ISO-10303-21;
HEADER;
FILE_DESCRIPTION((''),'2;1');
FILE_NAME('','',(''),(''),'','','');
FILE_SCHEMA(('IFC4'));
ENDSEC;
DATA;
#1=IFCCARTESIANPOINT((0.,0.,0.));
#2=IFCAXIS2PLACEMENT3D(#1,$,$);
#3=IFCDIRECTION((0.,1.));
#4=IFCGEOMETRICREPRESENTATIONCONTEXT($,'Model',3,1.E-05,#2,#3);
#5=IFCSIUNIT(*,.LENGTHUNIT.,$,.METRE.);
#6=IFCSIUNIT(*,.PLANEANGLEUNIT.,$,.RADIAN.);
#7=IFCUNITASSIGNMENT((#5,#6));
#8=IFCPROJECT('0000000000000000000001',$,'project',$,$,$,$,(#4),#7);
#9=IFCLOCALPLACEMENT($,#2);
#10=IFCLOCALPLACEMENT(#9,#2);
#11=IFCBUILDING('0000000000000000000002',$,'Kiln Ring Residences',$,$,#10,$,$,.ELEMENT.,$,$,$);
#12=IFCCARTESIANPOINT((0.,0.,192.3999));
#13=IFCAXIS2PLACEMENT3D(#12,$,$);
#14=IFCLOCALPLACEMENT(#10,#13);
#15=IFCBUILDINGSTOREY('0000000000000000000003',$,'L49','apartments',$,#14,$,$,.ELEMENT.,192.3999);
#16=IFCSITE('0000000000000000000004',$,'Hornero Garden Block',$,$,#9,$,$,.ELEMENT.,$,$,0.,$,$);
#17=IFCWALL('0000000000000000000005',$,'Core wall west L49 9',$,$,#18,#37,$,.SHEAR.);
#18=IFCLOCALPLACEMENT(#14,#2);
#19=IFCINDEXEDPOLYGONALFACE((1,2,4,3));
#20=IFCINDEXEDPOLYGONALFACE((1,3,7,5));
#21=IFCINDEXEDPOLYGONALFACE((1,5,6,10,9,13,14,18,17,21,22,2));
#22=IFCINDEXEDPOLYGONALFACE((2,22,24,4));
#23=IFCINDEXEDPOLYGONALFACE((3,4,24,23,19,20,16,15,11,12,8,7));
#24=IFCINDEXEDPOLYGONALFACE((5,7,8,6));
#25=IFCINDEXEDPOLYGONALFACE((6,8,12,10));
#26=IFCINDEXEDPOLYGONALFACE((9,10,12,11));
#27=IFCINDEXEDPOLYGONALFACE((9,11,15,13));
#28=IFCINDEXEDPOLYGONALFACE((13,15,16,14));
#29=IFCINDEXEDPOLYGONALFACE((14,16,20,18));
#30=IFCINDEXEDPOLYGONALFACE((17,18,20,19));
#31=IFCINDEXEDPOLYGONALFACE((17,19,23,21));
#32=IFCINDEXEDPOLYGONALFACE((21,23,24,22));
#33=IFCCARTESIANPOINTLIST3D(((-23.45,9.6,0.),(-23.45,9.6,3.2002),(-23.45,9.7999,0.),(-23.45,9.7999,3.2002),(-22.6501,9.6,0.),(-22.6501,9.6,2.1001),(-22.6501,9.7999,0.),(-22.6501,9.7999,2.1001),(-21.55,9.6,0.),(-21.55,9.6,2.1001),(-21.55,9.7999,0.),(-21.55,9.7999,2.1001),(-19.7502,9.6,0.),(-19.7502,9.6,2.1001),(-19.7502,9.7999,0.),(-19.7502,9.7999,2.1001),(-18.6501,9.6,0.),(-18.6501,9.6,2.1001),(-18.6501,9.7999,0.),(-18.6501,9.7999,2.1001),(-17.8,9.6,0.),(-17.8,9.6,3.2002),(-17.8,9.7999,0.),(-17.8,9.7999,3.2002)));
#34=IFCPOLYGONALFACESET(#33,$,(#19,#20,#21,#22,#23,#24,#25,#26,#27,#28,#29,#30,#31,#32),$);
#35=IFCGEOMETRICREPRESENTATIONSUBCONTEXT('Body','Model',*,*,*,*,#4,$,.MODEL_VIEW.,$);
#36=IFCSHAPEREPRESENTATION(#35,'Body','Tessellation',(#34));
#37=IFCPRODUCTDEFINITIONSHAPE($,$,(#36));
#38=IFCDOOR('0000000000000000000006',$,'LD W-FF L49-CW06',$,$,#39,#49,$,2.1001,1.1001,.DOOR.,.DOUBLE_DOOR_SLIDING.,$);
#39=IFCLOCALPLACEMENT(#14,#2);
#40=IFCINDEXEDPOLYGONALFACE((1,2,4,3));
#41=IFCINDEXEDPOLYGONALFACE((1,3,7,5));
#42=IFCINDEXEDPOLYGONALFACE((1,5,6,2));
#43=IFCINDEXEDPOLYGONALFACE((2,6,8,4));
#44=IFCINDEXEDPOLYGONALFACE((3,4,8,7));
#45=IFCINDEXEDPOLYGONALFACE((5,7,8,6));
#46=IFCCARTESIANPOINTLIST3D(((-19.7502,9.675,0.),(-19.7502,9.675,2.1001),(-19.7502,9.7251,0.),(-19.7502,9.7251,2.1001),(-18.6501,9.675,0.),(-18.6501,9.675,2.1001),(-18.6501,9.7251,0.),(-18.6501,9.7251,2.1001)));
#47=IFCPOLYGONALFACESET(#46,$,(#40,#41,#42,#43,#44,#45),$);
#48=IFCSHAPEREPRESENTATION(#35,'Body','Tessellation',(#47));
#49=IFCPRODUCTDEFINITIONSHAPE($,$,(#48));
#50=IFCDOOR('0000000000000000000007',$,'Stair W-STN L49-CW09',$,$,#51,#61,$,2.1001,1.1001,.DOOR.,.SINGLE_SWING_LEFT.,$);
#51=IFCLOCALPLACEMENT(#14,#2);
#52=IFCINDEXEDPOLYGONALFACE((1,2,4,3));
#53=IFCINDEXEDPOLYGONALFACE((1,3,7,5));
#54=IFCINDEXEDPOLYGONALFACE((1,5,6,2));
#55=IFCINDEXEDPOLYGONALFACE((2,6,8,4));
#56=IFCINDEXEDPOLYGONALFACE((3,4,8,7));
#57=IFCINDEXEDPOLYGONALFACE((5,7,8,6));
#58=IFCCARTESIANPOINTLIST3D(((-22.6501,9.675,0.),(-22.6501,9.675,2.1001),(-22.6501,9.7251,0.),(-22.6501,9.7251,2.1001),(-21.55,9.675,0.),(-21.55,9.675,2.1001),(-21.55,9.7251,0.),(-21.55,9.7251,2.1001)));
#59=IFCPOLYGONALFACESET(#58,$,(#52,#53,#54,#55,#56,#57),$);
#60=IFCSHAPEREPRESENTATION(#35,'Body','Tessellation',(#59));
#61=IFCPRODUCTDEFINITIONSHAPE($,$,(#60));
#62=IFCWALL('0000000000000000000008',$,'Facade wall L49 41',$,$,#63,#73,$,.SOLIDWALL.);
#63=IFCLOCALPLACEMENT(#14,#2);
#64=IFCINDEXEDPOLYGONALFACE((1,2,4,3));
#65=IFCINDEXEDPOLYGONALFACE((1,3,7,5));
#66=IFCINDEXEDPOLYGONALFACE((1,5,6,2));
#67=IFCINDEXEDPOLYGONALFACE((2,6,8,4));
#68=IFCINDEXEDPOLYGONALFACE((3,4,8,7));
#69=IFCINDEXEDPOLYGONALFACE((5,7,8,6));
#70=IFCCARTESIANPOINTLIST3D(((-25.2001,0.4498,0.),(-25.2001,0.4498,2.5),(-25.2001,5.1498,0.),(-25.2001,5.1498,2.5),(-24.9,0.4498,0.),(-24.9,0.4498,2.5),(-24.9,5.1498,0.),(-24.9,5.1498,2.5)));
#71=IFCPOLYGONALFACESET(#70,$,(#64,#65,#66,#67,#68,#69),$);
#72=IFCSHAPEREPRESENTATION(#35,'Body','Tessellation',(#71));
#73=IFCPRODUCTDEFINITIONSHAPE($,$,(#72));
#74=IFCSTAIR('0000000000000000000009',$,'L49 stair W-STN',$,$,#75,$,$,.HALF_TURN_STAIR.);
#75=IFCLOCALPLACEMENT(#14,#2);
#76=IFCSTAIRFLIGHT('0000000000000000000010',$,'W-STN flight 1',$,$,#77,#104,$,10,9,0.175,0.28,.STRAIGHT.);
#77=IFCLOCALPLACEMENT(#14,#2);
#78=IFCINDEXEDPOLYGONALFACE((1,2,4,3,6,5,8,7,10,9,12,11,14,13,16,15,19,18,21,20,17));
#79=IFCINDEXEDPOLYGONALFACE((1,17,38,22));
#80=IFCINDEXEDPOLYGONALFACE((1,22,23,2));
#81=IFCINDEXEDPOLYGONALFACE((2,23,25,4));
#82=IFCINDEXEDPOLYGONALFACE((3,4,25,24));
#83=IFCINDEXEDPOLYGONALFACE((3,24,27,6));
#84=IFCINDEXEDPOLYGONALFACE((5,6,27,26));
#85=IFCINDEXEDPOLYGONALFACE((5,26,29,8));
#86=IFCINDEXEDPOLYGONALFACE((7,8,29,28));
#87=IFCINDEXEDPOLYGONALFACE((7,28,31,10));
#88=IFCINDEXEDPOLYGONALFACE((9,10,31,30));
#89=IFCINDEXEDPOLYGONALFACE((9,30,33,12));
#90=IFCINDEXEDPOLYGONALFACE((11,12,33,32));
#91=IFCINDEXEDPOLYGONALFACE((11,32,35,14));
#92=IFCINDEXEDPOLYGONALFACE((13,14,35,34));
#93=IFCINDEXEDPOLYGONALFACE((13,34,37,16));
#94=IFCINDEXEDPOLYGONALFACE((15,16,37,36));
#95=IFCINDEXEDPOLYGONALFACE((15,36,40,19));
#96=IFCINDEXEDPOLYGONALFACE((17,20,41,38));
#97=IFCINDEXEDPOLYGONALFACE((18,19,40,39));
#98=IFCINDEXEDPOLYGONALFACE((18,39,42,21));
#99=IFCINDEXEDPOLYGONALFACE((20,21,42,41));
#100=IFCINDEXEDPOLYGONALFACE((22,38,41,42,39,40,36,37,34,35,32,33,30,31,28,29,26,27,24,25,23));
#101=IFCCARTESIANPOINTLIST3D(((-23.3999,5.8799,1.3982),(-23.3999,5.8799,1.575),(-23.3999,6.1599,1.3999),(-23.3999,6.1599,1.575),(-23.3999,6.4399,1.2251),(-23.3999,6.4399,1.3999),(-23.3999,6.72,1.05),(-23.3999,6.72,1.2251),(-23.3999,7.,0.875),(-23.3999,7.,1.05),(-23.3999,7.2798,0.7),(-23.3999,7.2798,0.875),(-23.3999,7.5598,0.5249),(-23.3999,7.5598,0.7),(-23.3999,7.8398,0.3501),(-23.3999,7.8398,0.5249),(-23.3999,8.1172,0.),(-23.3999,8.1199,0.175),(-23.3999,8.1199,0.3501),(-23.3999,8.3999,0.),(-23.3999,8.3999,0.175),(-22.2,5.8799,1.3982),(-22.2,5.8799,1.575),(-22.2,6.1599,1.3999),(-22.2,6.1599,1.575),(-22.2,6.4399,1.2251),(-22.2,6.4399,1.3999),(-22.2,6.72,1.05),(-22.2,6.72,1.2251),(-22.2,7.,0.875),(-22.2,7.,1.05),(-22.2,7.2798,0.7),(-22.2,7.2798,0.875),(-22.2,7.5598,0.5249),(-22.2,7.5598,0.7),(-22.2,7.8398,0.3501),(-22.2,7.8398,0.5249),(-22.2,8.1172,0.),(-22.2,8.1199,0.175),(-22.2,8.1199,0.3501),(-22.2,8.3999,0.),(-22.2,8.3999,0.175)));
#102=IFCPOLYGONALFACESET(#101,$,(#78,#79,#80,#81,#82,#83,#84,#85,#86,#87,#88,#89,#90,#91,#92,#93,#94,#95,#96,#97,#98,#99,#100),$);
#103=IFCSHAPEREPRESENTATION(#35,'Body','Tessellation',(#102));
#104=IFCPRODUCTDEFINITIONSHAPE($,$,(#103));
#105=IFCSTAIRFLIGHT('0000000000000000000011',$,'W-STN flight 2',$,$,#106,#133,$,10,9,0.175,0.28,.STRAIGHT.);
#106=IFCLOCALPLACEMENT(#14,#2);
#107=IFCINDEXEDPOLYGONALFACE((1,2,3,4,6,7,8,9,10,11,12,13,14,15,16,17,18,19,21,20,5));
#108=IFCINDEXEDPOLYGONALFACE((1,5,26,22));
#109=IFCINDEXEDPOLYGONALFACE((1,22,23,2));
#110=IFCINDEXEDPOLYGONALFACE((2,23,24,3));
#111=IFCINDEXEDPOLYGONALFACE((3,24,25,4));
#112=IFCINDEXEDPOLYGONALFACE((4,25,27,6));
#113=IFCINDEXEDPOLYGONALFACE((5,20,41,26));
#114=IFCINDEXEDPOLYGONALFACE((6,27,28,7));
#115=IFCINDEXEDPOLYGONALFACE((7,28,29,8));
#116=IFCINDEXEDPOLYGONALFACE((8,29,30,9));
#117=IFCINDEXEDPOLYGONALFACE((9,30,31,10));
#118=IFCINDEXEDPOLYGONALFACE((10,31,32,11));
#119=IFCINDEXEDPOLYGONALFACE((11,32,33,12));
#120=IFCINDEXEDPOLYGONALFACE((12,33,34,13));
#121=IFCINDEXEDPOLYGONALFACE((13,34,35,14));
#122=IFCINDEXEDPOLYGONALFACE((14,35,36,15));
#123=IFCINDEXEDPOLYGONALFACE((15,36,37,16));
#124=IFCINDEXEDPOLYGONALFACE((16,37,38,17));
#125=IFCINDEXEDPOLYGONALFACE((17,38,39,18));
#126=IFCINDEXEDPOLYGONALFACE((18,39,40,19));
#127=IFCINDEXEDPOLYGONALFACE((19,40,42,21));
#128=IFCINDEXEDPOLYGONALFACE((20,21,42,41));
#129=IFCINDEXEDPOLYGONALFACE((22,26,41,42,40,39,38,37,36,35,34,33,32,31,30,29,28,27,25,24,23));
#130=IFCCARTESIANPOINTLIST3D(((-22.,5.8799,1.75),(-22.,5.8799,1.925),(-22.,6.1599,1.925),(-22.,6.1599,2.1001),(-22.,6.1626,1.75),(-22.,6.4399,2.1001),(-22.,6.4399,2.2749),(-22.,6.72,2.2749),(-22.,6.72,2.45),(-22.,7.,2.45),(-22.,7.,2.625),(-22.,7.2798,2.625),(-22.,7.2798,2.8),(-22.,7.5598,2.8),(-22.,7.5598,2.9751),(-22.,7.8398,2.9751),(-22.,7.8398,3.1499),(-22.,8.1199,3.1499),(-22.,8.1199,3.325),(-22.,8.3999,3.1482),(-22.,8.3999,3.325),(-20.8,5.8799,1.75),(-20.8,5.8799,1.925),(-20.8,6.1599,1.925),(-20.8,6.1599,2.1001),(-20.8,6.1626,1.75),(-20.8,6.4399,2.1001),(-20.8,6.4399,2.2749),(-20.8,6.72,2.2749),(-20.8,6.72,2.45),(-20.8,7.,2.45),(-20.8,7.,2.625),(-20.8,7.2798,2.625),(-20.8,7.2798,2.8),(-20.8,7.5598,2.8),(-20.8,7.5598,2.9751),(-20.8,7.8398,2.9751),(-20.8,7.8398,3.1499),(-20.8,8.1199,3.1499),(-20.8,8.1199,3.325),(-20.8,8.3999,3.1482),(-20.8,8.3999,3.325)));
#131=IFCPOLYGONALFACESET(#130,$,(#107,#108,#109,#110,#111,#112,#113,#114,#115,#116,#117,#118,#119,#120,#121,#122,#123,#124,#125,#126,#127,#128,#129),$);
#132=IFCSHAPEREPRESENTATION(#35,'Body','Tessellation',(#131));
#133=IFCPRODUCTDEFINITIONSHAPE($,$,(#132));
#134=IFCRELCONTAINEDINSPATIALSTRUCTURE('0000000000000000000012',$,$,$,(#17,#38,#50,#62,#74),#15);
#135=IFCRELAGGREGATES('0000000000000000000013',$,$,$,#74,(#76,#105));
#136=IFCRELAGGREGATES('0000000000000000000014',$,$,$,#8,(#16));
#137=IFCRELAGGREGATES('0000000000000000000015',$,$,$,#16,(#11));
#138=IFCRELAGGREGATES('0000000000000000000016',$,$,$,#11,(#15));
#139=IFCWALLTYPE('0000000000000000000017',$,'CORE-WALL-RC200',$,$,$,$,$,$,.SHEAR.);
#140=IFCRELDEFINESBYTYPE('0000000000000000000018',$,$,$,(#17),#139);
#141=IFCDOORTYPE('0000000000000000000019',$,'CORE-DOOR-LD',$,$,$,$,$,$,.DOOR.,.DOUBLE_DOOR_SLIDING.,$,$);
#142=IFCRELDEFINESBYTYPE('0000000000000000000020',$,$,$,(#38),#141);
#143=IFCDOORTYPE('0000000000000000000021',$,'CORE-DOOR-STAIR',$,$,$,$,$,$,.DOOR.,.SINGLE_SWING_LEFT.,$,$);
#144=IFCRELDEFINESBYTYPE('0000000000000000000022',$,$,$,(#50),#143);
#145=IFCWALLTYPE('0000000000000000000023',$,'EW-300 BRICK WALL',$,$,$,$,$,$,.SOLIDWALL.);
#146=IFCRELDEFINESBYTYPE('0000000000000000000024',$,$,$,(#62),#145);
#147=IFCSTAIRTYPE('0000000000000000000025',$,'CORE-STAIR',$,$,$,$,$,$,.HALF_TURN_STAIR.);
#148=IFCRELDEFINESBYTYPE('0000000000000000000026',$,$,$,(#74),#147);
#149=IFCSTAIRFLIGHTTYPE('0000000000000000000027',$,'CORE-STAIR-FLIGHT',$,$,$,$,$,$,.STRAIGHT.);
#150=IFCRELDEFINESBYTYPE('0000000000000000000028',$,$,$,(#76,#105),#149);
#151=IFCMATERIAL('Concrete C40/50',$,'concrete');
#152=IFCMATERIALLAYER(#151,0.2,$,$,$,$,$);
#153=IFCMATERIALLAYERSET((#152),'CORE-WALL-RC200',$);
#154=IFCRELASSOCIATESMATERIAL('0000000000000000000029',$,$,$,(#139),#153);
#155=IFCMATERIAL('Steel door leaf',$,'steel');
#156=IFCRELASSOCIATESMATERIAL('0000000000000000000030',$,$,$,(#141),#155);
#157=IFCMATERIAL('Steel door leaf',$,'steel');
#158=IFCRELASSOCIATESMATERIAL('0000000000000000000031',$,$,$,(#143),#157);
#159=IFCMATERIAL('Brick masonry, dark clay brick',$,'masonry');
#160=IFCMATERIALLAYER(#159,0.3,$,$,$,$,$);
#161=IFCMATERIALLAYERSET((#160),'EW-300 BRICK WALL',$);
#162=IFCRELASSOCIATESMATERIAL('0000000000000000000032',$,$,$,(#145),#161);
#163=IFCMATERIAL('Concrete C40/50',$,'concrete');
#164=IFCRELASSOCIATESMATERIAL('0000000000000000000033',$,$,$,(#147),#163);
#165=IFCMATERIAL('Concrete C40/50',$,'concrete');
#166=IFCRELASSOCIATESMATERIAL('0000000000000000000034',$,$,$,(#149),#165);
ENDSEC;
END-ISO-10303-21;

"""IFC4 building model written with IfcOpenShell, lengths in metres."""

from ifc_helpers import new_model, si_unit, direction, frame, frame_2d, origin, place, context, subcontext, project, spatial, polyline, rectangle, outline, extrude, material, layer, layer_set, type_object, element, fill, aggregate, save


model = new_model("IFC4")

# Units and contexts
model_context = context("Model", 3, precision=1e-05, world=origin(), true_north=direction((0.0, 1.0)))
body_context = subcontext(model_context, "Body", "Model", "MODEL_VIEW")
ifc_project = project(units=[si_unit("LENGTHUNIT", "METRE"), si_unit("PLANEANGLEUNIT", "RADIAN")], contexts=[model_context])

# Site, building, storey
site_placement = place(None, origin())
site = spatial("IfcSite", under=ifc_project, at=site_placement, Name="Hornero Garden Block", CompositionType="ELEMENT", RefElevation=0.0)
building_placement = place(site_placement, origin())
building = spatial("IfcBuilding", under=site, at=building_placement, Name="Kiln Ring Residences", CompositionType="ELEMENT")
storey_placement = place(building_placement, frame((0.0, 0.0, 192.3999)))
storey = spatial("IfcBuildingStorey", under=building, at=storey_placement, Name="L49", Description="apartments", CompositionType="ELEMENT", Elevation=192.3999)

# Shared definitions
ifc_material_1 = material(Name="Concrete C40/50", Category="concrete")
ifc_layer_1 = layer(ifc_material_1, 0.2)
ifc_layer_set_1 = layer_set([ifc_layer_1], Name="CORE-WALL-RC200")
wall_type_1 = type_object("IfcWallType", Name="CORE-WALL-RC200", PredefinedType="SHEAR", material=ifc_layer_set_1)

# Wall, openings, doors
wall_1_placement = place(storey_placement, frame((-17.8, 9.7, 0.0), z_axis=(0.0, 0.0, 1.0), x_axis=(-1.0, 0.0, 0.0)))
wall_1 = element("IfcWall", 1, at=wall_1_placement, inside=storey, type_object=wall_type_1, Name="Core wall west L49 9", PredefinedType="SHEAR", context=body_context, shape_type="SweptSolid", body=[
    extrude(rectangle(XDim=5.6499, YDim=0.2, at=frame_2d((2.825, 0.0))), origin(), (0.0, 0.0, 1.0), 3.2002),
])
opening_1_placement = place(wall_1_placement, frame((0.8501, 0.0, 0.0)))
opening_1 = element("IfcOpeningElement", 2, at=opening_1_placement, cuts=wall_1, PredefinedType="OPENING", context=body_context, shape_type="SweptSolid", body=[
    extrude(rectangle(XDim=1.1001, YDim=2.1001, at=frame_2d((0.55, 1.05))), frame((0.0, 0.1099, 0.0), z_axis=(0.0, -1.0, 0.0), x_axis=(1.0, 0.0, 0.0)), (0.0, 0.0, 1.0), 0.22),
])
opening_2_placement = place(wall_1_placement, frame((3.75, 0.0, 0.0)))
opening_2 = element("IfcOpeningElement", 3, at=opening_2_placement, cuts=wall_1, PredefinedType="OPENING", context=body_context, shape_type="SweptSolid", body=[
    extrude(rectangle(XDim=1.1001, YDim=2.1001, at=frame_2d((0.55, 1.05))), frame((0.0, 0.1099, 0.0), z_axis=(0.0, -1.0, 0.0), x_axis=(1.0, 0.0, 0.0)), (0.0, 0.0, 1.0), 0.22),
])
ifc_material_2 = material(Name="Steel door leaf", Category="steel")
door_type_1 = type_object("IfcDoorType", Name="CORE-DOOR-LD", OperationType="DOUBLE_DOOR_SLIDING", PredefinedType="DOOR", material=ifc_material_2)
door_1_placement = place(opening_1_placement, origin())
door_1 = element("IfcDoor", 4, at=door_1_placement, inside=storey, type_object=door_type_1, Name="LD W-FF L49-CW06", OperationType="DOUBLE_DOOR_SLIDING", OverallHeight=2.1001, OverallWidth=1.1001, PredefinedType="DOOR", context=body_context, shape_type="SweptSolid", body=[
    extrude(rectangle(XDim=1.1001, YDim=2.1001, at=frame_2d((0.55, 1.05))), frame((0.0, 0.0249, 0.0), z_axis=(0.0, -1.0, 0.0), x_axis=(1.0, 0.0, 0.0)), (0.0, 0.0, 1.0), 0.05),
])
fill(opening_1, door_1)
ifc_material_3 = material(Name="Steel door leaf", Category="steel")
door_type_2 = type_object("IfcDoorType", Name="CORE-DOOR-STAIR", OperationType="SINGLE_SWING_LEFT", PredefinedType="DOOR", material=ifc_material_3)
door_2_placement = place(opening_2_placement, origin())
door_2 = element("IfcDoor", 5, at=door_2_placement, inside=storey, type_object=door_type_2, Name="Stair W-STN L49-CW09", OperationType="SINGLE_SWING_LEFT", OverallHeight=2.1001, OverallWidth=1.1001, PredefinedType="DOOR", context=body_context, shape_type="SweptSolid", body=[
    extrude(rectangle(XDim=1.1001, YDim=2.1001, at=frame_2d((0.55, 1.05))), frame((0.0, 0.0249, 0.0), z_axis=(0.0, -1.0, 0.0), x_axis=(1.0, 0.0, 0.0)), (0.0, 0.0, 1.0), 0.05),
])
fill(opening_2, door_2)

# Wall
ifc_material_4 = material(Name="Brick masonry, dark clay brick", Category="masonry")
ifc_layer_2 = layer(ifc_material_4, 0.3)
ifc_layer_set_2 = layer_set([ifc_layer_2], Name="EW-300 BRICK WALL")
wall_type_2 = type_object("IfcWallType", Name="EW-300 BRICK WALL", PredefinedType="SOLIDWALL", material=ifc_layer_set_2)
wall_2_placement = place(storey_placement, frame((-25.05, 5.1499, 0.0), z_axis=(0.0, 0.0, 1.0), x_axis=(0.0, -1.0, 0.0)))
element("IfcWall", 6, at=wall_2_placement, inside=storey, type_object=wall_type_2, Name="Facade wall L49 41", PredefinedType="SOLIDWALL", context=body_context, shape_type="SweptSolid", body=[
    extrude(rectangle(XDim=4.7, YDim=0.3, at=frame_2d((2.3501, 0.0))), origin(), (0.0, 0.0, 1.0), 2.5),
])

# Stair, stair flights
ifc_material_5 = material(Name="Concrete C40/50", Category="concrete")
stair_type = type_object("IfcStairType", Name="CORE-STAIR", PredefinedType="HALF_TURN_STAIR", material=ifc_material_5)
stair_placement = place(storey_placement, origin())
stair = element("IfcStair", 7, at=stair_placement, inside=storey, type_object=stair_type, Name="L49 stair W-STN", PredefinedType="HALF_TURN_STAIR")
ifc_material_6 = material(Name="Concrete C40/50", Category="concrete")
stair_flight_type = type_object("IfcStairFlightType", Name="CORE-STAIR-FLIGHT", PredefinedType="STRAIGHT", material=ifc_material_6)
stair_flight_1_placement = place(storey_placement, frame((-22.8, 8.3999, 0.0), z_axis=(0.0, 0.0, 1.0), x_axis=(0.0, -1.0, 0.0)))
stair_flight_1 = element("IfcStairFlight", 8, at=stair_flight_1_placement, type_object=stair_flight_type, Name="W-STN flight 1", NumberOfRisers=10, NumberOfTreads=9, PredefinedType="STRAIGHT", RiserHeight=0.175, TreadLength=0.28, context=body_context, shape_type="SweptSolid", body=[
    extrude(outline(polyline([(0.0, 0.0), (0.0, 0.175), (0.28, 0.175), (0.28, 0.3501), (0.5601, 0.3501), (0.5601, 0.5249), (0.8401, 0.5249), (0.8401, 0.7), (1.1201, 0.7), (1.1201, 0.875), (1.3999, 0.875), (1.3999, 1.05), (1.6799, 1.05), (1.6799, 1.2251), (1.96, 1.2251), (1.96, 1.3999), (2.24, 1.3999), (2.24, 1.575), (2.52, 1.575), (2.52, 1.75), (2.52, 1.3982), (0.2827, 0.0), (0.0, 0.0)])), frame((0.0, 0.6001, 0.0), z_axis=(0.0, -1.0, 0.0), x_axis=(1.0, 0.0, 0.0)), (0.0, 0.0, 1.0), 1.2),
])
stair_flight_2_placement = place(storey_placement, frame((-21.3999, 5.8799, 1.75), z_axis=(0.0, 0.0, 1.0), x_axis=(0.0, 1.0, 0.0)))
stair_flight_2 = element("IfcStairFlight", 9, at=stair_flight_2_placement, type_object=stair_flight_type, Name="W-STN flight 2", NumberOfRisers=10, NumberOfTreads=9, PredefinedType="STRAIGHT", RiserHeight=0.175, TreadLength=0.28, context=body_context, shape_type="SweptSolid", body=[
    extrude(outline(polyline([(0.0, 0.0), (0.0, 0.175), (0.28, 0.175), (0.28, 0.3501), (0.5601, 0.3501), (0.5601, 0.5249), (0.8401, 0.5249), (0.8401, 0.7), (1.1201, 0.7), (1.1201, 0.875), (1.3999, 0.875), (1.3999, 1.05), (1.6799, 1.05), (1.6799, 1.2251), (1.96, 1.2251), (1.96, 1.3999), (2.24, 1.3999), (2.24, 1.575), (2.52, 1.575), (2.52, 1.75), (2.52, 1.3982), (0.2827, 0.0), (0.0, 0.0)])), frame((0.0, 0.6001, 0.0), z_axis=(0.0, -1.0, 0.0), x_axis=(1.0, 0.0, 0.0)), (0.0, 0.0, 1.0), 1.2),
])
aggregate(stair, [stair_flight_1, stair_flight_2])

save(model, "model.ifc")
